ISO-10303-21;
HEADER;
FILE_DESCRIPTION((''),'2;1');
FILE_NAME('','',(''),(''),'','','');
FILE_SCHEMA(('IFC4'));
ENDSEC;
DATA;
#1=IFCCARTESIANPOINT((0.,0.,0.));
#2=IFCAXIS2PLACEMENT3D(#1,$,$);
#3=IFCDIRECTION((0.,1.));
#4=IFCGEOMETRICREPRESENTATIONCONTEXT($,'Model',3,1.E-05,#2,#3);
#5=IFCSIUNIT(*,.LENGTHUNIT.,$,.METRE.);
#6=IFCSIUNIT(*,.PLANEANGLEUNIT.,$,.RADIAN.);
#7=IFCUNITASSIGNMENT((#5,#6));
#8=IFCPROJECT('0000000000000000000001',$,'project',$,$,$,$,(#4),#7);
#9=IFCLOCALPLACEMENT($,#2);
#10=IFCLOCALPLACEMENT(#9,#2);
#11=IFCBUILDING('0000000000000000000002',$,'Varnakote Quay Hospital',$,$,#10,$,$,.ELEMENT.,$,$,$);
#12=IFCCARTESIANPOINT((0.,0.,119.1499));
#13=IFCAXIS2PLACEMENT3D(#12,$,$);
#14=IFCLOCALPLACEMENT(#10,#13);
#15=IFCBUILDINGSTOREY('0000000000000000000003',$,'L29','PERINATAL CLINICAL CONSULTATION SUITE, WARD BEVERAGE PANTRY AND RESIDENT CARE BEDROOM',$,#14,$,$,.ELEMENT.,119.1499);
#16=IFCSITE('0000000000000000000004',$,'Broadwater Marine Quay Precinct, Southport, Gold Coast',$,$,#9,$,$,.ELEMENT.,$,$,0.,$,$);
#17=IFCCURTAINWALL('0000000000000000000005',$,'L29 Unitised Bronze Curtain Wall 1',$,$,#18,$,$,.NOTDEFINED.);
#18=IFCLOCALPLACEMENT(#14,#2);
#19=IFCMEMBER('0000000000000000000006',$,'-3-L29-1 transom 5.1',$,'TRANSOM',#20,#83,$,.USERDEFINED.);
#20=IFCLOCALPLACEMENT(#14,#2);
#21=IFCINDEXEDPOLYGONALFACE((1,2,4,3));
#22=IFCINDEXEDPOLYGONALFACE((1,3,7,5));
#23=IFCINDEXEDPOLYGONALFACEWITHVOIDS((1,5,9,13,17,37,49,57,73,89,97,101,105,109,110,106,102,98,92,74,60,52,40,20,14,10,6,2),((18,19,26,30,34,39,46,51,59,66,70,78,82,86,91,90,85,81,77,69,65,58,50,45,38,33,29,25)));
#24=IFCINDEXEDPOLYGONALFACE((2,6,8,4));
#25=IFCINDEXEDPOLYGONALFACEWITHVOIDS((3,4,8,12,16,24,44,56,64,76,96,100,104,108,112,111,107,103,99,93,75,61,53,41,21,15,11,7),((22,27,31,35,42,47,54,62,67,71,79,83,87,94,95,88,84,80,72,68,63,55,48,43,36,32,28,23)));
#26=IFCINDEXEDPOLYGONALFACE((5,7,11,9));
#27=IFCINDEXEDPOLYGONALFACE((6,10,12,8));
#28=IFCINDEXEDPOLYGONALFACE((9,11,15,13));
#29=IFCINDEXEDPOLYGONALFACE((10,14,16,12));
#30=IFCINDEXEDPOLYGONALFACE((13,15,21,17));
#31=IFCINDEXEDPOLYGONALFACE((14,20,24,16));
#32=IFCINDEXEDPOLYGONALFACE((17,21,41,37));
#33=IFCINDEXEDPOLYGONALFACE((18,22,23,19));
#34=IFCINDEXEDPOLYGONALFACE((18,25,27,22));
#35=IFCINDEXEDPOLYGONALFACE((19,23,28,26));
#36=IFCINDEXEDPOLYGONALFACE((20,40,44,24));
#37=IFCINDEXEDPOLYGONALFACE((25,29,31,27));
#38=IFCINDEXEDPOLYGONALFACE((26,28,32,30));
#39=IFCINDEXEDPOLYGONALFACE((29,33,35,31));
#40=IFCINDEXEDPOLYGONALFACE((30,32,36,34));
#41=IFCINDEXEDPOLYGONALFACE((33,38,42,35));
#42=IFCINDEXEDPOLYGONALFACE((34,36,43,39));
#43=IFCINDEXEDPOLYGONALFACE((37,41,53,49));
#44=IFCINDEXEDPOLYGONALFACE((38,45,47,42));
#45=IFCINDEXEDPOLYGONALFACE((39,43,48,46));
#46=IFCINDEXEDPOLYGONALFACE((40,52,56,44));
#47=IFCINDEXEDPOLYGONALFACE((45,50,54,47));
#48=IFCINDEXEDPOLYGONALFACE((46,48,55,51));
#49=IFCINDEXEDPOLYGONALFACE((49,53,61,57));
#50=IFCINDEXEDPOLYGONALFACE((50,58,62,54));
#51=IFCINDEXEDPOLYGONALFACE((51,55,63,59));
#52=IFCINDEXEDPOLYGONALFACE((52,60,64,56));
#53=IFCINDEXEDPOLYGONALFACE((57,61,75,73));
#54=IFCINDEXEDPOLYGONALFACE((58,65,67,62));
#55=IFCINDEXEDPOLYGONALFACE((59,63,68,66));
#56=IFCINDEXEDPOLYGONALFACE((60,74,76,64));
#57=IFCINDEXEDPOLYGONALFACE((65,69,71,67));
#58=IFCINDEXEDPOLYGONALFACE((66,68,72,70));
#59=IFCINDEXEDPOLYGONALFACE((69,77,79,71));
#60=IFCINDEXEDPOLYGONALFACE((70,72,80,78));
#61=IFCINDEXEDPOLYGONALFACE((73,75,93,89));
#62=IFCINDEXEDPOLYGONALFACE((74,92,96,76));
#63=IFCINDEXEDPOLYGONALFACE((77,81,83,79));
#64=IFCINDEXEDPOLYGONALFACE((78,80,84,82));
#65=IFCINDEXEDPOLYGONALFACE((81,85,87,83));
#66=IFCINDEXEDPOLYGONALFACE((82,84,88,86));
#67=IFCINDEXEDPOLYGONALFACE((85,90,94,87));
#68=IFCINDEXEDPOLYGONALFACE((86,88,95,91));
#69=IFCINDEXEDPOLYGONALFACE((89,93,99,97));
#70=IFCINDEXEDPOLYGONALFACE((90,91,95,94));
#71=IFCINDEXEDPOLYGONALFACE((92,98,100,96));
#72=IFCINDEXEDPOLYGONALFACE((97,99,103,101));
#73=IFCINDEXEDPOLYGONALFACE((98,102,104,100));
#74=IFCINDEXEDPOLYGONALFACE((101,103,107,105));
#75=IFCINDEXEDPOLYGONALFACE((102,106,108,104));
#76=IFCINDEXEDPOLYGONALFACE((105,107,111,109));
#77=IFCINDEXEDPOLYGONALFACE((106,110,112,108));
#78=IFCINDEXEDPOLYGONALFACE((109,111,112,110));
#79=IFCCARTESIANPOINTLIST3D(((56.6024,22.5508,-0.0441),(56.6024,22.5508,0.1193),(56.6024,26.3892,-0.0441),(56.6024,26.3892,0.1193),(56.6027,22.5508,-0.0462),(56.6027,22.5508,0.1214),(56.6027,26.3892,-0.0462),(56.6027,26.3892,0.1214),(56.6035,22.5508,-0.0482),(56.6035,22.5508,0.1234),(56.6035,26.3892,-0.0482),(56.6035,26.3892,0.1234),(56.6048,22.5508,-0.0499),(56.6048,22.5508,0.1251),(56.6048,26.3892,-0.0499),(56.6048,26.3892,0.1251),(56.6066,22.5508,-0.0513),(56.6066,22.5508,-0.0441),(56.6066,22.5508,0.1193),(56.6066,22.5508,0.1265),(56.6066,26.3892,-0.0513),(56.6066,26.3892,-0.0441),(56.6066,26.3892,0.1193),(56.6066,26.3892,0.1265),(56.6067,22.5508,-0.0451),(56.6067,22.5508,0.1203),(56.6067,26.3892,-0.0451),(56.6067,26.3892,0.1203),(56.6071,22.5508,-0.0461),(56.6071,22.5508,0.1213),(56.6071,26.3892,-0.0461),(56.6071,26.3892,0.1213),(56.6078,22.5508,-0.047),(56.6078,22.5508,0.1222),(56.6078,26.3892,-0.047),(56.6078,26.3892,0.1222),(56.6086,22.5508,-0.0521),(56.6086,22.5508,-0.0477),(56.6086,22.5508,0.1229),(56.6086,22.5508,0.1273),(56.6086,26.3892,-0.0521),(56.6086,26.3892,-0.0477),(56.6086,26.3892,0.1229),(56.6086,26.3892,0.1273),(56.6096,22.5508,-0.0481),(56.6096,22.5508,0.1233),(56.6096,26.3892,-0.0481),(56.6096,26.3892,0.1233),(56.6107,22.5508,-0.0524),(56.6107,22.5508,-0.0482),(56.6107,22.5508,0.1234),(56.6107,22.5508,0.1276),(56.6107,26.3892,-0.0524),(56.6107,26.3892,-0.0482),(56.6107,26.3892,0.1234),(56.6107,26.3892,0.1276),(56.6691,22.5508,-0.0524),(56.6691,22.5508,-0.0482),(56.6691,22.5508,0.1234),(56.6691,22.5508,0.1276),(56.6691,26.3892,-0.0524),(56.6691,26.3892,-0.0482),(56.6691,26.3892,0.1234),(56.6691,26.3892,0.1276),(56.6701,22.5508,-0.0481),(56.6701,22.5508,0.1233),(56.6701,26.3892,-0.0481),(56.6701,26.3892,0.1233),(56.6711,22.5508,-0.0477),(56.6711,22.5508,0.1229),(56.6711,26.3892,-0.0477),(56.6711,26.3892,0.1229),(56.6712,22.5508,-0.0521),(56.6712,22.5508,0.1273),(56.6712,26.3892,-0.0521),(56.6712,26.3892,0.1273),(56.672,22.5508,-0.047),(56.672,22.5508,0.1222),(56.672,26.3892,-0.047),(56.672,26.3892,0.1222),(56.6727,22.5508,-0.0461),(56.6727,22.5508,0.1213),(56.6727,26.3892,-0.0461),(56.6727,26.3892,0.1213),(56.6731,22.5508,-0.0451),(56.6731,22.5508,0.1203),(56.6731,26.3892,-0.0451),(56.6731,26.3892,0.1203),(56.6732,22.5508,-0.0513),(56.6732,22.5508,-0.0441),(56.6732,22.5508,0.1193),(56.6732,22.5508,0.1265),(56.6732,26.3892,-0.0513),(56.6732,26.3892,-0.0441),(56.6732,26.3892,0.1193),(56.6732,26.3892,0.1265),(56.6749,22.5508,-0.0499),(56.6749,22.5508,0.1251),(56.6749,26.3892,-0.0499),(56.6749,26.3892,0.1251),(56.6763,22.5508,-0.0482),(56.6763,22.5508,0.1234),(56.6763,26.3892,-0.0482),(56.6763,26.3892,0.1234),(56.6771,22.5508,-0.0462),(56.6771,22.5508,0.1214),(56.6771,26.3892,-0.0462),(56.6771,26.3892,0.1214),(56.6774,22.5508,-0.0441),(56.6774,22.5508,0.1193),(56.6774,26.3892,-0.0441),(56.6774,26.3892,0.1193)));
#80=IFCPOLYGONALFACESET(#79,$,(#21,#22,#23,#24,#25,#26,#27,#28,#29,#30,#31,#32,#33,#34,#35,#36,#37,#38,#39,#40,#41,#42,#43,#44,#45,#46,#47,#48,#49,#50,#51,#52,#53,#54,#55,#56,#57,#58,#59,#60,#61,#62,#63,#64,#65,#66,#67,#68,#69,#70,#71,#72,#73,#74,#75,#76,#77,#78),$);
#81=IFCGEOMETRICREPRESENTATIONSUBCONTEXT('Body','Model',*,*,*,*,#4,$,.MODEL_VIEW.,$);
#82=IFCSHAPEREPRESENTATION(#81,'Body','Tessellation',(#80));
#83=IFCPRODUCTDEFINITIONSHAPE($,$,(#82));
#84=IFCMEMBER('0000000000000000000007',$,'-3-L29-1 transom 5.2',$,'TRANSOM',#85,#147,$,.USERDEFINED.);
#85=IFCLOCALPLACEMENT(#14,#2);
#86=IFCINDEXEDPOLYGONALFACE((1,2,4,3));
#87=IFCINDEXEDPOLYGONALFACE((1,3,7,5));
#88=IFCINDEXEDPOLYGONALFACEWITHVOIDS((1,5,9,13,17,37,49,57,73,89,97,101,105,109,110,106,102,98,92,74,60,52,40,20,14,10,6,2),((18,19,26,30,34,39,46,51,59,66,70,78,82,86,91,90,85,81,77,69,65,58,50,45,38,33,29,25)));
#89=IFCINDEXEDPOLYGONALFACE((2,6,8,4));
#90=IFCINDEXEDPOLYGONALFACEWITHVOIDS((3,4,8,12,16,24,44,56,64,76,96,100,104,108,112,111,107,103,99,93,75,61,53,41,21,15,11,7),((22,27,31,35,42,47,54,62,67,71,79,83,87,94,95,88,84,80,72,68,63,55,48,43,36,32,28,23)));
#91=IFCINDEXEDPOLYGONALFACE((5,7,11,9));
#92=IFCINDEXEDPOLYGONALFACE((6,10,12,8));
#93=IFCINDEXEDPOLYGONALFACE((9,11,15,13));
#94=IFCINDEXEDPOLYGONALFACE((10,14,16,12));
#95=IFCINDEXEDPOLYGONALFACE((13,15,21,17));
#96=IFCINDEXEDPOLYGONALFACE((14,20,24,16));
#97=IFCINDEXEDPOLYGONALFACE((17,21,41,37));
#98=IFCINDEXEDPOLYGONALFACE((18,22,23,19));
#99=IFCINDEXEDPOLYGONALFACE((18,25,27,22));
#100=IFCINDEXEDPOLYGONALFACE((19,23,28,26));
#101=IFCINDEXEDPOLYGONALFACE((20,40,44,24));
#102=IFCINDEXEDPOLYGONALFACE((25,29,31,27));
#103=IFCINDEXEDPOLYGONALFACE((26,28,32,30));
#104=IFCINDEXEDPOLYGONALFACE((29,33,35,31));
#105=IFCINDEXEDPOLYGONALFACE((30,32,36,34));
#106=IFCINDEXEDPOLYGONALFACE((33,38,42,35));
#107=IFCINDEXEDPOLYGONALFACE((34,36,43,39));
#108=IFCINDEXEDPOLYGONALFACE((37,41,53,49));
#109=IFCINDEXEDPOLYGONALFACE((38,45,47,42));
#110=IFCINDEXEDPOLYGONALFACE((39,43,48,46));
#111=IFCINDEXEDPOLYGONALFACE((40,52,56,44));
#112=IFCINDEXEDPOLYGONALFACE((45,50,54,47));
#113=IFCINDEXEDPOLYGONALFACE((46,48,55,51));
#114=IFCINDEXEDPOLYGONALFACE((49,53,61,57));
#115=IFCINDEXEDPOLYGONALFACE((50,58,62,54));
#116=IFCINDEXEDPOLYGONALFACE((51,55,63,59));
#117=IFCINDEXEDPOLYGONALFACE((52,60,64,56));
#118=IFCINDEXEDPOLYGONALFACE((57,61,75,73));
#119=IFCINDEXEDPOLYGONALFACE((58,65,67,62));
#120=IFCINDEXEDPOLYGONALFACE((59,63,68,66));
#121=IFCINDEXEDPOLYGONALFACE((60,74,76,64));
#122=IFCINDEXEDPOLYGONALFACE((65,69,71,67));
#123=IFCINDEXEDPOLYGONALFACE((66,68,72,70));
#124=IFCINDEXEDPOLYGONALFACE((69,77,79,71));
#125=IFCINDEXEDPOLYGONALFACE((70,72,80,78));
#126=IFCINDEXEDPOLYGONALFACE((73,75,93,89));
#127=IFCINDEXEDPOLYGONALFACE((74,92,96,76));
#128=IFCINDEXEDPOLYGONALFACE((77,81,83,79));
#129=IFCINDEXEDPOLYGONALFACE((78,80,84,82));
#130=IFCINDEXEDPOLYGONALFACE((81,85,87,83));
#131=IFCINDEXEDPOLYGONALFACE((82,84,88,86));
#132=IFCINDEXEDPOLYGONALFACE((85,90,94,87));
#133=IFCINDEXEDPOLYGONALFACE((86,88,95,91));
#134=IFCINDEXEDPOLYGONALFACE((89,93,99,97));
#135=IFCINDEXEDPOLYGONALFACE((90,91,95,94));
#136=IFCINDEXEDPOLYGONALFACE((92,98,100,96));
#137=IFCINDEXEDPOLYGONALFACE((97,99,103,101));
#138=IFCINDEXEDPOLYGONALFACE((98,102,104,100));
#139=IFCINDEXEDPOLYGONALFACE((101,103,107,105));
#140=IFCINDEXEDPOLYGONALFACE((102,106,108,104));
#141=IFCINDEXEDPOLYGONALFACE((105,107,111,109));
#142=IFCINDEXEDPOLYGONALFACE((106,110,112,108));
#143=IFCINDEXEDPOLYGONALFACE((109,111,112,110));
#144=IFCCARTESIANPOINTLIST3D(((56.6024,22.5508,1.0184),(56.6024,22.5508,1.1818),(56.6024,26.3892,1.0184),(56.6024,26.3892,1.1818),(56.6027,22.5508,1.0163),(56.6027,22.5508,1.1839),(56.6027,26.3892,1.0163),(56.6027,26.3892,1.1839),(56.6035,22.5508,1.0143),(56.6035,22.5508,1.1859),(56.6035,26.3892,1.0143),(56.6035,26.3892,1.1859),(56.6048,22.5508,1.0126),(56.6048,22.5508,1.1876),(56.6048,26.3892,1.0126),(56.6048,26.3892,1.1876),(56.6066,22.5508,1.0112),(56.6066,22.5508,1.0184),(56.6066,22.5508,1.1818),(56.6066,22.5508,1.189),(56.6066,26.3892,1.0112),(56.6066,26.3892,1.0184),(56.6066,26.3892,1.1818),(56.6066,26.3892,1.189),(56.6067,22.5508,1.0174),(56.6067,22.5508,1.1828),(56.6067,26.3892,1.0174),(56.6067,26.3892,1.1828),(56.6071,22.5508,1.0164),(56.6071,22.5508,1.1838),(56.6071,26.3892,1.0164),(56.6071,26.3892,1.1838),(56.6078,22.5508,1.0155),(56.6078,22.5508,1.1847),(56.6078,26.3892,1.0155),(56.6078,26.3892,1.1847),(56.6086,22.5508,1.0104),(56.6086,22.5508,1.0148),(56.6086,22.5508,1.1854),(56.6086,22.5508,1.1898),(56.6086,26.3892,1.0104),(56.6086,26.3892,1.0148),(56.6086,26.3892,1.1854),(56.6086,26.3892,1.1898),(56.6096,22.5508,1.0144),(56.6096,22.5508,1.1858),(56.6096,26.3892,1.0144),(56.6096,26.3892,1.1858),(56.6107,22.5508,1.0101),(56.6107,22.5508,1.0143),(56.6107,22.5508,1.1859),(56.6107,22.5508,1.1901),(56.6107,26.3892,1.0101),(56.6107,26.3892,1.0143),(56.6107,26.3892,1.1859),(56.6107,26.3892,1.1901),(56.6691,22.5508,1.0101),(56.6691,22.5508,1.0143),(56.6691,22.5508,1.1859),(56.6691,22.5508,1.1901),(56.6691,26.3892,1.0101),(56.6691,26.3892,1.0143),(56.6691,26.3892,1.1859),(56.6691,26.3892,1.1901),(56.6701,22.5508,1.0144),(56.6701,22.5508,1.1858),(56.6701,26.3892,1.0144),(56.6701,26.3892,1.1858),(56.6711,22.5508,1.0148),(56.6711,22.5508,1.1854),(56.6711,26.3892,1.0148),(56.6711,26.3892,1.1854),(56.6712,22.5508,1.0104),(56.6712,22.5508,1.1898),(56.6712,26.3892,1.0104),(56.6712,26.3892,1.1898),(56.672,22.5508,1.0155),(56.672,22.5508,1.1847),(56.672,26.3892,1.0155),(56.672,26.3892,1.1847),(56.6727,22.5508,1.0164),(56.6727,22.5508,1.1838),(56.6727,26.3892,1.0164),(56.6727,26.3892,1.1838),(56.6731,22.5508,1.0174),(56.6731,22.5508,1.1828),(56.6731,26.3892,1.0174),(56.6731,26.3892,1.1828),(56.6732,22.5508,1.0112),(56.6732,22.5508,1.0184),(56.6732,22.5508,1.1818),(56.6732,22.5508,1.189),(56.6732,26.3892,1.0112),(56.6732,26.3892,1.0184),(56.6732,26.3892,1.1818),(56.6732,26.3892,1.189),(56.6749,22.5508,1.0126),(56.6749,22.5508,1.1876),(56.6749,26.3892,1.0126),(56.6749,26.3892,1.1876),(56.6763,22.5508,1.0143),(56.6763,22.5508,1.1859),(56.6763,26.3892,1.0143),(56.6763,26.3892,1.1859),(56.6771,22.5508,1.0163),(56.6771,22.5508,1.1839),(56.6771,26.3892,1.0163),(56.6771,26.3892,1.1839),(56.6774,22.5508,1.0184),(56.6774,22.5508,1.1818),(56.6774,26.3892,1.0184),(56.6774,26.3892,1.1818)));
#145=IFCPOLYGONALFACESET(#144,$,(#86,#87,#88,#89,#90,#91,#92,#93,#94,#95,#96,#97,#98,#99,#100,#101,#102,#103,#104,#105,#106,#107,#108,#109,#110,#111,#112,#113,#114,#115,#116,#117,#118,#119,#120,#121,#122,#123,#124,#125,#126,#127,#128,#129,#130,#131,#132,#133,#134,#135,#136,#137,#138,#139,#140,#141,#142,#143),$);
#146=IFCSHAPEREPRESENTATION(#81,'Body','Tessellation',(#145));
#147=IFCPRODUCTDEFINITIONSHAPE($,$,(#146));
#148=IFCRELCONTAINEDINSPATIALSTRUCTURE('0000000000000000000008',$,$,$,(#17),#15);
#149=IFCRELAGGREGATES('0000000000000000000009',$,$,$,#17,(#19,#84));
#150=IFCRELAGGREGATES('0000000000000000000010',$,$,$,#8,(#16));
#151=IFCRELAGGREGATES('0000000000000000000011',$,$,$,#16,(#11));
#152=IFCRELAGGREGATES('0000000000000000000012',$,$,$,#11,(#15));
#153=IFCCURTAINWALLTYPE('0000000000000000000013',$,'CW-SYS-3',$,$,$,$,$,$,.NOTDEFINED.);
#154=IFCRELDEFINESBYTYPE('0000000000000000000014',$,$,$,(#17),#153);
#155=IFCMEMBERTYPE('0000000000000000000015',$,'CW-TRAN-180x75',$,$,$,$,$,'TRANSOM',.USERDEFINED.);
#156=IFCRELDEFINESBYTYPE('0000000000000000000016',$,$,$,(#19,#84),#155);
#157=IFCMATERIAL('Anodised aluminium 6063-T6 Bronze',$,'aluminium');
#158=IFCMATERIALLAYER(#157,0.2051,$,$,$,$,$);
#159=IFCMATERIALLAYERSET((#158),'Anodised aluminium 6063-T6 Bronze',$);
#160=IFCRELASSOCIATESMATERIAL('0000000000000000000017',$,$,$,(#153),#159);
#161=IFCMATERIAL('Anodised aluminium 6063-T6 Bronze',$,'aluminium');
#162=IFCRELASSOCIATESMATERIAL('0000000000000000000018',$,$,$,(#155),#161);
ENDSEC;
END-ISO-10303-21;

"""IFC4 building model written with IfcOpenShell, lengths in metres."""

from ifc_helpers import new_model, si_unit, direction, frame, origin, origin_2d, place, context, subcontext, project, spatial, hollow_rectangle, extrude, material, layer, layer_set, material_profile, profile_set, type_object, element, aggregate, save


model = new_model("IFC4")

# Units and contexts
model_context = context("Model", 3, precision=1e-05, world=origin(), true_north=direction((0.0, 1.0)))
body_context = subcontext(model_context, "Body", "Model", "MODEL_VIEW")
ifc_project = project(units=[si_unit("LENGTHUNIT", "METRE"), si_unit("PLANEANGLEUNIT", "RADIAN")], contexts=[model_context])

# Site, building, storey
site_placement = place(None, origin())
site = spatial("IfcSite", under=ifc_project, at=site_placement, Name="Broadwater Marine Quay Precinct, Southport, Gold Coast", CompositionType="ELEMENT", RefElevation=0.0)
building_placement = place(site_placement, origin())
building = spatial("IfcBuilding", under=site, at=building_placement, Name="Varnakote Quay Hospital", CompositionType="ELEMENT")
storey_placement = place(building_placement, frame((0.0, 0.0, 119.1499)))
storey = spatial("IfcBuildingStorey", under=building, at=storey_placement, Name="L29", Description="PERINATAL CLINICAL CONSULTATION SUITE, WARD BEVERAGE PANTRY AND RESIDENT CARE BEDROOM", CompositionType="ELEMENT", Elevation=119.1499)

# Curtain wall, members
ifc_material_1 = material(Name="Anodised aluminium 6063-T6 Bronze", Category="aluminium")
ifc_layer_1 = layer(ifc_material_1, 0.2051)
ifc_layer_set_1 = layer_set([ifc_layer_1], Name="Anodised aluminium 6063-T6 Bronze")
curtain_wall_type = type_object("IfcCurtainWallType", Name="CW-SYS-3", PredefinedType="NOTDEFINED", material=ifc_layer_set_1)
curtain_wall_placement = place(storey_placement, origin())
curtain_wall = element("IfcCurtainWall", 1, at=curtain_wall_placement, inside=storey, type_object=curtain_wall_type, Name="L29 Unitised Bronze Curtain Wall 1", PredefinedType="NOTDEFINED")
ifc_material_2 = material(Name="Anodised aluminium 6063-T6 Bronze", Category="aluminium")
ifc_material_profile_1 = material_profile(ifc_material_2, hollow_rectangle(XDim=0.075, YDim=0.1799, WallThickness=0.0042, InnerFilletRadius=0.0042, OuterFilletRadius=0.0083, at=origin_2d()), Name="CW-TRAN-180x75")
ifc_profile_set_1 = profile_set([ifc_material_profile_1], Name="Anodised aluminium 6063-T6 Bronze")
member_type_1 = type_object("IfcMemberType", Name="CW-TRAN-180x75", ElementType="TRANSOM", PredefinedType="USERDEFINED", material=ifc_profile_set_1)
member_1_placement = place(storey_placement, frame((56.6399, 22.5508, 0.0376), z_axis=(0.0, 1.0, 0.0), x_axis=(-1.0, 0.0, 0.0)))
member_1 = element("IfcMember", 2, at=member_1_placement, type_object=member_type_1, Name="-3-L29-1 transom 5.1", ObjectType="TRANSOM", PredefinedType="USERDEFINED", context=body_context, shape_type="SweptSolid", body=[
    extrude(hollow_rectangle(XDim=0.075, YDim=0.1799, WallThickness=0.0042, InnerFilletRadius=0.0042, OuterFilletRadius=0.0083, at=origin_2d()), origin(), (0.0, 0.0, 1.0), 3.8384),
])
member_2_placement = place(storey_placement, frame((56.6399, 22.5508, 1.1001), z_axis=(0.0, 1.0, 0.0), x_axis=(-1.0, 0.0, 0.0)))
member_2 = element("IfcMember", 3, at=member_2_placement, type_object=member_type_1, Name="-3-L29-1 transom 5.2", ObjectType="TRANSOM", PredefinedType="USERDEFINED", context=body_context, shape_type="SweptSolid", body=[
    extrude(hollow_rectangle(XDim=0.075, YDim=0.1799, WallThickness=0.0042, InnerFilletRadius=0.0042, OuterFilletRadius=0.0083, at=origin_2d()), origin(), (0.0, 0.0, 1.0), 3.8384),
])
aggregate(curtain_wall, [member_1, member_2])

save(model, "model.ifc")
